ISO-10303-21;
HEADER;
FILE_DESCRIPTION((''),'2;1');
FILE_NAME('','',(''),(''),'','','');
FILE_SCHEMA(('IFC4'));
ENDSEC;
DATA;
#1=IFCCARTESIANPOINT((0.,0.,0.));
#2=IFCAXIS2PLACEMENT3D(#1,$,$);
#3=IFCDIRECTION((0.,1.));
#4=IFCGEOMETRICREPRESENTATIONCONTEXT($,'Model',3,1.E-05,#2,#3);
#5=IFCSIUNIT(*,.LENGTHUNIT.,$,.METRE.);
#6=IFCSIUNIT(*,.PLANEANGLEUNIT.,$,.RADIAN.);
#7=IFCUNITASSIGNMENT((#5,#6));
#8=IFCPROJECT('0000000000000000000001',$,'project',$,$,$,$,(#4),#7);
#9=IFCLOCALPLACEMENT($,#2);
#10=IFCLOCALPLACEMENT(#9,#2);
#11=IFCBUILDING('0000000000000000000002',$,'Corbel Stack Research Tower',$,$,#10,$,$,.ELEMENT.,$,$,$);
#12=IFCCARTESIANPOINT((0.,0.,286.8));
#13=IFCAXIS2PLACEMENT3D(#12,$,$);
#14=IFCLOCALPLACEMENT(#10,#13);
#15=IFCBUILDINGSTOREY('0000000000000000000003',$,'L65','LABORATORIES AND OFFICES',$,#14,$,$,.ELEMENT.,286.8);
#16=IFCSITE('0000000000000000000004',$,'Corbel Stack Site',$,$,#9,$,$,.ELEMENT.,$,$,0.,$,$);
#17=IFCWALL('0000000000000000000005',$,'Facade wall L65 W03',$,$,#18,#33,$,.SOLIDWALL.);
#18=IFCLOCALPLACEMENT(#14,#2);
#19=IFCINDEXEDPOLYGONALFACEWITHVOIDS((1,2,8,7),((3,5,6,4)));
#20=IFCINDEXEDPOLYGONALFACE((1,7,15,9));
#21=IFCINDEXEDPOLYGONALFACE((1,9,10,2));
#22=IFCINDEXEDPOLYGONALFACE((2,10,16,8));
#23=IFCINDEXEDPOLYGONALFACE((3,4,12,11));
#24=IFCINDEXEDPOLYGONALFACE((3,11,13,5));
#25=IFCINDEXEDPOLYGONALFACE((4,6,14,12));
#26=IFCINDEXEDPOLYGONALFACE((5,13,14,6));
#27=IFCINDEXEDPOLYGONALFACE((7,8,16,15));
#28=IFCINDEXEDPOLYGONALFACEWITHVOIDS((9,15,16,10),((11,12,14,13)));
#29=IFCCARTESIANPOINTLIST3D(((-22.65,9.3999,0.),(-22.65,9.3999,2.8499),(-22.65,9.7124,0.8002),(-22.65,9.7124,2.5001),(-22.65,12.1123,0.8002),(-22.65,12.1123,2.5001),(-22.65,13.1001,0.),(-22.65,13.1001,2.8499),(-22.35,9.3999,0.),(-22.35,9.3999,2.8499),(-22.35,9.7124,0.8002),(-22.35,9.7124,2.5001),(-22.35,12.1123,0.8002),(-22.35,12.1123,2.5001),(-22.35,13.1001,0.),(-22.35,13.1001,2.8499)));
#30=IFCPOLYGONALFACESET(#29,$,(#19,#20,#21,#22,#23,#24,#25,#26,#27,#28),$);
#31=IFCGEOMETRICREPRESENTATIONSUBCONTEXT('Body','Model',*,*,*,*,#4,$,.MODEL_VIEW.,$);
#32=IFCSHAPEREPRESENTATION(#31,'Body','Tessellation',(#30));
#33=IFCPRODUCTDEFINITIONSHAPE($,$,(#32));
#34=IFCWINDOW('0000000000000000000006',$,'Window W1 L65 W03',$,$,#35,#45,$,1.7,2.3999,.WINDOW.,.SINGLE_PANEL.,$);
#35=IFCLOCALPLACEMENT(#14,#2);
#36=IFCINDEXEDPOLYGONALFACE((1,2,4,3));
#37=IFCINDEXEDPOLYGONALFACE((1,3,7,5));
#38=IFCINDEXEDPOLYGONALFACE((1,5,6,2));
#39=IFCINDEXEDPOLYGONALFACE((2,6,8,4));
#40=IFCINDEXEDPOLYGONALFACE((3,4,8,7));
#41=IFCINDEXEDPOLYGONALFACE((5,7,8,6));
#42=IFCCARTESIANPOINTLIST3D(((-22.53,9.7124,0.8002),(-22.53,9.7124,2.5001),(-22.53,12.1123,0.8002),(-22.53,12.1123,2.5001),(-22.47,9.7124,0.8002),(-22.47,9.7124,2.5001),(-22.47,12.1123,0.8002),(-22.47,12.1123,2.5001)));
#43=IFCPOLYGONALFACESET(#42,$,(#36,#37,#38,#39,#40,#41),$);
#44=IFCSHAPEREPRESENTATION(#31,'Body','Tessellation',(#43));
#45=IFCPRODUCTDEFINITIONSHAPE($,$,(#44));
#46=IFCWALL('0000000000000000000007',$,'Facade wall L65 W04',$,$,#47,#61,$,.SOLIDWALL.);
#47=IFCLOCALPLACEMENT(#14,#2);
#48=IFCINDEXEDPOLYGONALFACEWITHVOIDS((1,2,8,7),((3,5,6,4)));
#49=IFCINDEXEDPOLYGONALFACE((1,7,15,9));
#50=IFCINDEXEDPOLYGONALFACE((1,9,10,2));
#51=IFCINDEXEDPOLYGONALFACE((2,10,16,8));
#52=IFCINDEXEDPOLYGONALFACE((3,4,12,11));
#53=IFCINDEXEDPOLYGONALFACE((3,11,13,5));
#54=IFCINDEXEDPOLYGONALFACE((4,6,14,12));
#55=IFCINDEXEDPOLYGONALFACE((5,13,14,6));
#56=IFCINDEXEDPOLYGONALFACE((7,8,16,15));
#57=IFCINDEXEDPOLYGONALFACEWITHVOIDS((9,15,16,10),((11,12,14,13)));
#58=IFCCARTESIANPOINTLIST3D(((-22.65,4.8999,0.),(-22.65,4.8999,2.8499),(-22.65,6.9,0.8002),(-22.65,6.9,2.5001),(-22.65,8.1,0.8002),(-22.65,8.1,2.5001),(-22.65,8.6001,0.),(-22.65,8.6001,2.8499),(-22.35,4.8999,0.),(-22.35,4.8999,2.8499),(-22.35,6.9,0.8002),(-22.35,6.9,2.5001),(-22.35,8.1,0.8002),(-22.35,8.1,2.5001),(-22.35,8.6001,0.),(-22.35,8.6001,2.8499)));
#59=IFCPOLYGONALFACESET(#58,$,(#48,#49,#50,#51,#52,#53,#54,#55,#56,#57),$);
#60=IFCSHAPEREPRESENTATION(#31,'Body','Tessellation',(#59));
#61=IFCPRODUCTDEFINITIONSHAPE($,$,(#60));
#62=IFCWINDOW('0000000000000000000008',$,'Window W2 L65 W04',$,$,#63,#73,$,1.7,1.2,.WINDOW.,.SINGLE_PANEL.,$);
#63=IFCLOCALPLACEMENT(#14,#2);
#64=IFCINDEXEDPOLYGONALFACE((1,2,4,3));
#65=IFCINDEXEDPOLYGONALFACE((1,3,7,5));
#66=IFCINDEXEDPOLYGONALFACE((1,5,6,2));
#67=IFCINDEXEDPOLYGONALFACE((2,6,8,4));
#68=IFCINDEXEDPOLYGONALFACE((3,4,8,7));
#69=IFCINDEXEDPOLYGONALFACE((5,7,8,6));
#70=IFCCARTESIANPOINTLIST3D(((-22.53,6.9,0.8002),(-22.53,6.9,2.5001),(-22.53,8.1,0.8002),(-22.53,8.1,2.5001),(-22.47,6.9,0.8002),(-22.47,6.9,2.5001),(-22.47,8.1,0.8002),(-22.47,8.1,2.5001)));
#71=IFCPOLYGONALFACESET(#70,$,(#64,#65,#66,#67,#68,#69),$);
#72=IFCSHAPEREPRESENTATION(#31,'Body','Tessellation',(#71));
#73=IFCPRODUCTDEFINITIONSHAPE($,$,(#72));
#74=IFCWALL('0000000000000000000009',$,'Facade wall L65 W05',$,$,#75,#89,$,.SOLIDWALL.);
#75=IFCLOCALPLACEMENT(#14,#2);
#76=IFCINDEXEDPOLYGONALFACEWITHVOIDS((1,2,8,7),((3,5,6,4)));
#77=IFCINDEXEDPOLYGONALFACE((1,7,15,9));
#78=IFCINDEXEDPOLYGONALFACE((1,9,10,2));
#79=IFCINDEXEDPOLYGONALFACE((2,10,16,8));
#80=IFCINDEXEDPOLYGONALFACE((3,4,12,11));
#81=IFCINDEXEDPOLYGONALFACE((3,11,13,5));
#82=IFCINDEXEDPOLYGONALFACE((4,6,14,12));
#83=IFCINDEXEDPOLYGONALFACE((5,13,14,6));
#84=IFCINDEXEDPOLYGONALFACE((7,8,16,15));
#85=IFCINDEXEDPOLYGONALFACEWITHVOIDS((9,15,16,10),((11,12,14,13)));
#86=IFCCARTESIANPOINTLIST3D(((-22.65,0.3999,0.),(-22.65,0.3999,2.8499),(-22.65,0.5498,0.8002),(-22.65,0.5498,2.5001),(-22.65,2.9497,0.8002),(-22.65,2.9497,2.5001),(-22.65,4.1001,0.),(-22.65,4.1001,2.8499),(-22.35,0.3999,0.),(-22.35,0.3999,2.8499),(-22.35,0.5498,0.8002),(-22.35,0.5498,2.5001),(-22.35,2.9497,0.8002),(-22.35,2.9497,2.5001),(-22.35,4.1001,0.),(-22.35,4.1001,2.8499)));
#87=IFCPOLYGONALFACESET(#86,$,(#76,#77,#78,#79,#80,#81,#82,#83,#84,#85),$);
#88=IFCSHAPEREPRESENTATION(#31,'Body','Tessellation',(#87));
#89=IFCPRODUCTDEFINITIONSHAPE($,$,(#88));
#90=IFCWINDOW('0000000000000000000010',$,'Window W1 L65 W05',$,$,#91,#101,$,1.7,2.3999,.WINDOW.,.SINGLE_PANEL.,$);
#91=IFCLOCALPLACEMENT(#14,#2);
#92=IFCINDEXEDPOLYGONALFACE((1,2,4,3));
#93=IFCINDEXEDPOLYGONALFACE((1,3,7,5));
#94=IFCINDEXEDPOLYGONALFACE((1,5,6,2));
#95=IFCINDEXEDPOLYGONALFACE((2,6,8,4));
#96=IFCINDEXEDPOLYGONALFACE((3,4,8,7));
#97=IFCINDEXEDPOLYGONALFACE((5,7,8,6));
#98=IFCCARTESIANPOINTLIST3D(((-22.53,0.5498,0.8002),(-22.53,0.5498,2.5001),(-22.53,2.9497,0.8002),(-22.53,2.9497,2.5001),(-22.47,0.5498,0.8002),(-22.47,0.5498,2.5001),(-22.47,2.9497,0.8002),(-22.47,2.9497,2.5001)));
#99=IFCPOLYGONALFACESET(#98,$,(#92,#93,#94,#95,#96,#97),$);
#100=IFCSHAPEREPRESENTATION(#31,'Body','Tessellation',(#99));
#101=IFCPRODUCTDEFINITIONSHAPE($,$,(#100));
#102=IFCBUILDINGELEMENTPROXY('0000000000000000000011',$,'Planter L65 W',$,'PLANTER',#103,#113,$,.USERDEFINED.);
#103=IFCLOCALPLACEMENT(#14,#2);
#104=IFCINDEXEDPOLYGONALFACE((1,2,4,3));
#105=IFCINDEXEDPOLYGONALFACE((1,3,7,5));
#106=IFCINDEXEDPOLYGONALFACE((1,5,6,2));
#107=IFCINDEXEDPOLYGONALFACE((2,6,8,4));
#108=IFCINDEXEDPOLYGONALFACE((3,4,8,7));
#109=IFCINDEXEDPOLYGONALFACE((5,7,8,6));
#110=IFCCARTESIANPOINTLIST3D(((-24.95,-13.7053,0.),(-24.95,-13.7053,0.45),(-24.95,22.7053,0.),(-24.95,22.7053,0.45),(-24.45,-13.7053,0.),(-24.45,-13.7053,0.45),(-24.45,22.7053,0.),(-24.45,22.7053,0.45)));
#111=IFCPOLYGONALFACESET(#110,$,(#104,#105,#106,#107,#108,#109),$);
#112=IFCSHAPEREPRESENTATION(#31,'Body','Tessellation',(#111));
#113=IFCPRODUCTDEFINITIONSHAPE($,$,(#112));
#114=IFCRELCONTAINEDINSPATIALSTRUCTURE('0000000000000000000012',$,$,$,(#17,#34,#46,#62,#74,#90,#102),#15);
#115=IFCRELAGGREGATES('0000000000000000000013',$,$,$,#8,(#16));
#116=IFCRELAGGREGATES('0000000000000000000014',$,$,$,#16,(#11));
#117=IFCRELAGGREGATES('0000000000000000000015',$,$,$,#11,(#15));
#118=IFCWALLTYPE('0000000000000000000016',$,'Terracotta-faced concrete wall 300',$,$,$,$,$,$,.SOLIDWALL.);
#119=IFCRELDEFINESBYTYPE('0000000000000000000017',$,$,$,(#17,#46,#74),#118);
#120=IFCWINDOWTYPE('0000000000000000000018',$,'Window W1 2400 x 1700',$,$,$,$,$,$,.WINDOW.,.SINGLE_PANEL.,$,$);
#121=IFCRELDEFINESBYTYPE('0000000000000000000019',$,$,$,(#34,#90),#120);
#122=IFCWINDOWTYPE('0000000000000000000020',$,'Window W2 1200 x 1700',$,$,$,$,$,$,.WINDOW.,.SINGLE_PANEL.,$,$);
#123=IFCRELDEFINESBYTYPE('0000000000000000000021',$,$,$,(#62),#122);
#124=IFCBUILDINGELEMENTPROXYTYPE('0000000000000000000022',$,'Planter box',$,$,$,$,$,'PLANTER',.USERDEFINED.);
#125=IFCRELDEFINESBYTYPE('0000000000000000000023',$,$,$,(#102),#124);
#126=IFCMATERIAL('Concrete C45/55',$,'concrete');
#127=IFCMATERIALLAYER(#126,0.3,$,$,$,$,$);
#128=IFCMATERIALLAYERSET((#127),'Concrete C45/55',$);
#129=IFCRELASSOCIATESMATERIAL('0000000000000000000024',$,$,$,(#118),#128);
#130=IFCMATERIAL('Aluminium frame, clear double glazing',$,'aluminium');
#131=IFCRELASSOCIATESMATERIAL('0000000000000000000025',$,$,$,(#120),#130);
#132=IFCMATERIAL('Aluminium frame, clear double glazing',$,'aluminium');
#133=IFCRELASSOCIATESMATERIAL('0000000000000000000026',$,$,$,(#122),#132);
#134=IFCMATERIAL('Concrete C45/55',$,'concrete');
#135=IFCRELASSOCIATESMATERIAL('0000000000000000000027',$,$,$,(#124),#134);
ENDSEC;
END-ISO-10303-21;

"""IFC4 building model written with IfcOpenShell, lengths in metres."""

from ifc_helpers import new_model, si_unit, direction, frame, frame_2d, origin, origin_2d, place, context, subcontext, project, spatial, rectangle, extrude, material, layer, layer_set, type_object, element, fill, save


model = new_model("IFC4")

# Units and contexts
model_context = context("Model", 3, precision=1e-05, world=origin(), true_north=direction((0.0, 1.0)))
body_context = subcontext(model_context, "Body", "Model", "MODEL_VIEW")
ifc_project = project(units=[si_unit("LENGTHUNIT", "METRE"), si_unit("PLANEANGLEUNIT", "RADIAN")], contexts=[model_context])

# Site, building, storey
site_placement = place(None, origin())
site = spatial("IfcSite", under=ifc_project, at=site_placement, Name="Corbel Stack Site", CompositionType="ELEMENT", RefElevation=0.0)
building_placement = place(site_placement, origin())
building = spatial("IfcBuilding", under=site, at=building_placement, Name="Corbel Stack Research Tower", CompositionType="ELEMENT")
storey_placement = place(building_placement, frame((0.0, 0.0, 286.8)))
storey = spatial("IfcBuildingStorey", under=building, at=storey_placement, Name="L65", Description="LABORATORIES AND OFFICES", CompositionType="ELEMENT", Elevation=286.8)

# Shared definitions
ifc_material_1 = material(Name="Concrete C45/55", Category="concrete")
ifc_layer_1 = layer(ifc_material_1, 0.3)
ifc_layer_set_1 = layer_set([ifc_layer_1], Name="Concrete C45/55")
wall_type_1 = type_object("IfcWallType", Name="Terracotta-faced concrete wall 300", PredefinedType="SOLIDWALL", material=ifc_layer_set_1)

# Walls, openings, windows
wall_1_placement = place(storey_placement, frame((-22.5, 9.3999, 0.0), z_axis=(0.0, 0.0, 1.0), x_axis=(0.0, 1.0, 0.0)))
wall_1 = element("IfcWall", 1, at=wall_1_placement, inside=storey, type_object=wall_type_1, Name="Facade wall L65 W03", PredefinedType="SOLIDWALL", context=body_context, shape_type="SweptSolid", body=[
    extrude(rectangle(XDim=3.7002, YDim=0.3, at=frame_2d((1.8501, 0.0))), origin(), (0.0, 0.0, 1.0), 2.8499),
])
opening_1_placement = place(wall_1_placement, frame((0.3125, 0.0, 0.8)))
opening_1 = element("IfcOpeningElement", 2, at=opening_1_placement, cuts=wall_1, PredefinedType="OPENING", context=body_context, shape_type="SweptSolid", body=[
    extrude(rectangle(XDim=2.3999, YDim=1.7, at=frame_2d((1.2, 0.8501))), frame((0.0, 0.1599, 0.0), z_axis=(0.0, -1.0, 0.0), x_axis=(1.0, 0.0, 0.0)), (0.0, 0.0, 1.0), 0.3201),
])
ifc_material_2 = material(Name="Aluminium frame, clear double glazing", Category="aluminium")
window_type_1 = type_object("IfcWindowType", Name="Window W1 2400 x 1700", PartitioningType="SINGLE_PANEL", PredefinedType="WINDOW", material=ifc_material_2)
window_1_placement = place(opening_1_placement, origin())
window_1 = element("IfcWindow", 3, at=window_1_placement, inside=storey, type_object=window_type_1, Name="Window W1 L65 W03", OverallHeight=1.7, OverallWidth=2.3999, PartitioningType="SINGLE_PANEL", PredefinedType="WINDOW", context=body_context, shape_type="SweptSolid", body=[
    extrude(rectangle(XDim=2.3999, YDim=1.7, at=frame_2d((1.2, 0.8501))), frame((0.0, 0.03, 0.0), z_axis=(0.0, -1.0, 0.0), x_axis=(1.0, 0.0, 0.0)), (0.0, 0.0, 1.0), 0.0601),
])
fill(opening_1, window_1)
wall_2_placement = place(storey_placement, frame((-22.5, 4.8999, 0.0), z_axis=(0.0, 0.0, 1.0), x_axis=(0.0, 1.0, 0.0)))
wall_2 = element("IfcWall", 4, at=wall_2_placement, inside=storey, type_object=wall_type_1, Name="Facade wall L65 W04", PredefinedType="SOLIDWALL", context=body_context, shape_type="SweptSolid", body=[
    extrude(rectangle(XDim=3.7002, YDim=0.3, at=frame_2d((1.8501, 0.0))), origin(), (0.0, 0.0, 1.0), 2.8499),
])
opening_2_placement = place(wall_2_placement, frame((2.0, 0.0, 0.8)))
opening_2 = element("IfcOpeningElement", 5, at=opening_2_placement, cuts=wall_2, PredefinedType="OPENING", context=body_context, shape_type="SweptSolid", body=[
    extrude(rectangle(XDim=1.2, YDim=1.7, at=frame_2d((0.6001, 0.8501))), frame((0.0, 0.1599, 0.0), z_axis=(0.0, -1.0, 0.0), x_axis=(1.0, 0.0, 0.0)), (0.0, 0.0, 1.0), 0.3201),
])
ifc_material_3 = material(Name="Aluminium frame, clear double glazing", Category="aluminium")
window_type_2 = type_object("IfcWindowType", Name="Window W2 1200 x 1700", PartitioningType="SINGLE_PANEL", PredefinedType="WINDOW", material=ifc_material_3)
window_2_placement = place(opening_2_placement, origin())
window_2 = element("IfcWindow", 6, at=window_2_placement, inside=storey, type_object=window_type_2, Name="Window W2 L65 W04", OverallHeight=1.7, OverallWidth=1.2, PartitioningType="SINGLE_PANEL", PredefinedType="WINDOW", context=body_context, shape_type="SweptSolid", body=[
    extrude(rectangle(XDim=1.2, YDim=1.7, at=frame_2d((0.6001, 0.8501))), frame((0.0, 0.03, 0.0), z_axis=(0.0, -1.0, 0.0), x_axis=(1.0, 0.0, 0.0)), (0.0, 0.0, 1.0), 0.0601),
])
fill(opening_2, window_2)
wall_3_placement = place(storey_placement, frame((-22.5, 0.3999, 0.0), z_axis=(0.0, 0.0, 1.0), x_axis=(0.0, 1.0, 0.0)))
wall_3 = element("IfcWall", 7, at=wall_3_placement, inside=storey, type_object=wall_type_1, Name="Facade wall L65 W05", PredefinedType="SOLIDWALL", context=body_context, shape_type="SweptSolid", body=[
    extrude(rectangle(XDim=3.7002, YDim=0.3, at=frame_2d((1.8501, 0.0))), origin(), (0.0, 0.0, 1.0), 2.8499),
])
opening_3_placement = place(wall_3_placement, frame((0.1499, 0.0, 0.8)))
opening_3 = element("IfcOpeningElement", 8, at=opening_3_placement, cuts=wall_3, PredefinedType="OPENING", context=body_context, shape_type="SweptSolid", body=[
    extrude(rectangle(XDim=2.3999, YDim=1.7, at=frame_2d((1.2, 0.8501))), frame((0.0, 0.1599, 0.0), z_axis=(0.0, -1.0, 0.0), x_axis=(1.0, 0.0, 0.0)), (0.0, 0.0, 1.0), 0.3201),
])
window_3_placement = place(opening_3_placement, origin())
window_3 = element("IfcWindow", 9, at=window_3_placement, inside=storey, type_object=window_type_1, Name="Window W1 L65 W05", OverallHeight=1.7, OverallWidth=2.3999, PartitioningType="SINGLE_PANEL", PredefinedType="WINDOW", context=body_context, shape_type="SweptSolid", body=[
    extrude(rectangle(XDim=2.3999, YDim=1.7, at=frame_2d((1.2, 0.8501))), frame((0.0, 0.03, 0.0), z_axis=(0.0, -1.0, 0.0), x_axis=(1.0, 0.0, 0.0)), (0.0, 0.0, 1.0), 0.0601),
])
fill(opening_3, window_3)

# Building element proxy
ifc_material_4 = material(Name="Concrete C45/55", Category="concrete")
building_element_proxy_type = type_object("IfcBuildingElementProxyType", Name="Planter box", ElementType="PLANTER", PredefinedType="USERDEFINED", material=ifc_material_4)
proxy_placement = place(storey_placement, frame((-24.7, 4.5, 0.0), z_axis=(0.0, 0.0, 1.0), x_axis=(0.0, -1.0, 0.0)))
element("IfcBuildingElementProxy", 10, at=proxy_placement, inside=storey, type_object=building_element_proxy_type, Name="Planter L65 W", ObjectType="PLANTER", PredefinedType="USERDEFINED", context=body_context, shape_type="SweptSolid", body=[
    extrude(rectangle(XDim=36.4106, YDim=0.5, at=origin_2d()), origin(), (0.0, 0.0, 1.0), 0.45),
])

save(model, "model.ifc")
